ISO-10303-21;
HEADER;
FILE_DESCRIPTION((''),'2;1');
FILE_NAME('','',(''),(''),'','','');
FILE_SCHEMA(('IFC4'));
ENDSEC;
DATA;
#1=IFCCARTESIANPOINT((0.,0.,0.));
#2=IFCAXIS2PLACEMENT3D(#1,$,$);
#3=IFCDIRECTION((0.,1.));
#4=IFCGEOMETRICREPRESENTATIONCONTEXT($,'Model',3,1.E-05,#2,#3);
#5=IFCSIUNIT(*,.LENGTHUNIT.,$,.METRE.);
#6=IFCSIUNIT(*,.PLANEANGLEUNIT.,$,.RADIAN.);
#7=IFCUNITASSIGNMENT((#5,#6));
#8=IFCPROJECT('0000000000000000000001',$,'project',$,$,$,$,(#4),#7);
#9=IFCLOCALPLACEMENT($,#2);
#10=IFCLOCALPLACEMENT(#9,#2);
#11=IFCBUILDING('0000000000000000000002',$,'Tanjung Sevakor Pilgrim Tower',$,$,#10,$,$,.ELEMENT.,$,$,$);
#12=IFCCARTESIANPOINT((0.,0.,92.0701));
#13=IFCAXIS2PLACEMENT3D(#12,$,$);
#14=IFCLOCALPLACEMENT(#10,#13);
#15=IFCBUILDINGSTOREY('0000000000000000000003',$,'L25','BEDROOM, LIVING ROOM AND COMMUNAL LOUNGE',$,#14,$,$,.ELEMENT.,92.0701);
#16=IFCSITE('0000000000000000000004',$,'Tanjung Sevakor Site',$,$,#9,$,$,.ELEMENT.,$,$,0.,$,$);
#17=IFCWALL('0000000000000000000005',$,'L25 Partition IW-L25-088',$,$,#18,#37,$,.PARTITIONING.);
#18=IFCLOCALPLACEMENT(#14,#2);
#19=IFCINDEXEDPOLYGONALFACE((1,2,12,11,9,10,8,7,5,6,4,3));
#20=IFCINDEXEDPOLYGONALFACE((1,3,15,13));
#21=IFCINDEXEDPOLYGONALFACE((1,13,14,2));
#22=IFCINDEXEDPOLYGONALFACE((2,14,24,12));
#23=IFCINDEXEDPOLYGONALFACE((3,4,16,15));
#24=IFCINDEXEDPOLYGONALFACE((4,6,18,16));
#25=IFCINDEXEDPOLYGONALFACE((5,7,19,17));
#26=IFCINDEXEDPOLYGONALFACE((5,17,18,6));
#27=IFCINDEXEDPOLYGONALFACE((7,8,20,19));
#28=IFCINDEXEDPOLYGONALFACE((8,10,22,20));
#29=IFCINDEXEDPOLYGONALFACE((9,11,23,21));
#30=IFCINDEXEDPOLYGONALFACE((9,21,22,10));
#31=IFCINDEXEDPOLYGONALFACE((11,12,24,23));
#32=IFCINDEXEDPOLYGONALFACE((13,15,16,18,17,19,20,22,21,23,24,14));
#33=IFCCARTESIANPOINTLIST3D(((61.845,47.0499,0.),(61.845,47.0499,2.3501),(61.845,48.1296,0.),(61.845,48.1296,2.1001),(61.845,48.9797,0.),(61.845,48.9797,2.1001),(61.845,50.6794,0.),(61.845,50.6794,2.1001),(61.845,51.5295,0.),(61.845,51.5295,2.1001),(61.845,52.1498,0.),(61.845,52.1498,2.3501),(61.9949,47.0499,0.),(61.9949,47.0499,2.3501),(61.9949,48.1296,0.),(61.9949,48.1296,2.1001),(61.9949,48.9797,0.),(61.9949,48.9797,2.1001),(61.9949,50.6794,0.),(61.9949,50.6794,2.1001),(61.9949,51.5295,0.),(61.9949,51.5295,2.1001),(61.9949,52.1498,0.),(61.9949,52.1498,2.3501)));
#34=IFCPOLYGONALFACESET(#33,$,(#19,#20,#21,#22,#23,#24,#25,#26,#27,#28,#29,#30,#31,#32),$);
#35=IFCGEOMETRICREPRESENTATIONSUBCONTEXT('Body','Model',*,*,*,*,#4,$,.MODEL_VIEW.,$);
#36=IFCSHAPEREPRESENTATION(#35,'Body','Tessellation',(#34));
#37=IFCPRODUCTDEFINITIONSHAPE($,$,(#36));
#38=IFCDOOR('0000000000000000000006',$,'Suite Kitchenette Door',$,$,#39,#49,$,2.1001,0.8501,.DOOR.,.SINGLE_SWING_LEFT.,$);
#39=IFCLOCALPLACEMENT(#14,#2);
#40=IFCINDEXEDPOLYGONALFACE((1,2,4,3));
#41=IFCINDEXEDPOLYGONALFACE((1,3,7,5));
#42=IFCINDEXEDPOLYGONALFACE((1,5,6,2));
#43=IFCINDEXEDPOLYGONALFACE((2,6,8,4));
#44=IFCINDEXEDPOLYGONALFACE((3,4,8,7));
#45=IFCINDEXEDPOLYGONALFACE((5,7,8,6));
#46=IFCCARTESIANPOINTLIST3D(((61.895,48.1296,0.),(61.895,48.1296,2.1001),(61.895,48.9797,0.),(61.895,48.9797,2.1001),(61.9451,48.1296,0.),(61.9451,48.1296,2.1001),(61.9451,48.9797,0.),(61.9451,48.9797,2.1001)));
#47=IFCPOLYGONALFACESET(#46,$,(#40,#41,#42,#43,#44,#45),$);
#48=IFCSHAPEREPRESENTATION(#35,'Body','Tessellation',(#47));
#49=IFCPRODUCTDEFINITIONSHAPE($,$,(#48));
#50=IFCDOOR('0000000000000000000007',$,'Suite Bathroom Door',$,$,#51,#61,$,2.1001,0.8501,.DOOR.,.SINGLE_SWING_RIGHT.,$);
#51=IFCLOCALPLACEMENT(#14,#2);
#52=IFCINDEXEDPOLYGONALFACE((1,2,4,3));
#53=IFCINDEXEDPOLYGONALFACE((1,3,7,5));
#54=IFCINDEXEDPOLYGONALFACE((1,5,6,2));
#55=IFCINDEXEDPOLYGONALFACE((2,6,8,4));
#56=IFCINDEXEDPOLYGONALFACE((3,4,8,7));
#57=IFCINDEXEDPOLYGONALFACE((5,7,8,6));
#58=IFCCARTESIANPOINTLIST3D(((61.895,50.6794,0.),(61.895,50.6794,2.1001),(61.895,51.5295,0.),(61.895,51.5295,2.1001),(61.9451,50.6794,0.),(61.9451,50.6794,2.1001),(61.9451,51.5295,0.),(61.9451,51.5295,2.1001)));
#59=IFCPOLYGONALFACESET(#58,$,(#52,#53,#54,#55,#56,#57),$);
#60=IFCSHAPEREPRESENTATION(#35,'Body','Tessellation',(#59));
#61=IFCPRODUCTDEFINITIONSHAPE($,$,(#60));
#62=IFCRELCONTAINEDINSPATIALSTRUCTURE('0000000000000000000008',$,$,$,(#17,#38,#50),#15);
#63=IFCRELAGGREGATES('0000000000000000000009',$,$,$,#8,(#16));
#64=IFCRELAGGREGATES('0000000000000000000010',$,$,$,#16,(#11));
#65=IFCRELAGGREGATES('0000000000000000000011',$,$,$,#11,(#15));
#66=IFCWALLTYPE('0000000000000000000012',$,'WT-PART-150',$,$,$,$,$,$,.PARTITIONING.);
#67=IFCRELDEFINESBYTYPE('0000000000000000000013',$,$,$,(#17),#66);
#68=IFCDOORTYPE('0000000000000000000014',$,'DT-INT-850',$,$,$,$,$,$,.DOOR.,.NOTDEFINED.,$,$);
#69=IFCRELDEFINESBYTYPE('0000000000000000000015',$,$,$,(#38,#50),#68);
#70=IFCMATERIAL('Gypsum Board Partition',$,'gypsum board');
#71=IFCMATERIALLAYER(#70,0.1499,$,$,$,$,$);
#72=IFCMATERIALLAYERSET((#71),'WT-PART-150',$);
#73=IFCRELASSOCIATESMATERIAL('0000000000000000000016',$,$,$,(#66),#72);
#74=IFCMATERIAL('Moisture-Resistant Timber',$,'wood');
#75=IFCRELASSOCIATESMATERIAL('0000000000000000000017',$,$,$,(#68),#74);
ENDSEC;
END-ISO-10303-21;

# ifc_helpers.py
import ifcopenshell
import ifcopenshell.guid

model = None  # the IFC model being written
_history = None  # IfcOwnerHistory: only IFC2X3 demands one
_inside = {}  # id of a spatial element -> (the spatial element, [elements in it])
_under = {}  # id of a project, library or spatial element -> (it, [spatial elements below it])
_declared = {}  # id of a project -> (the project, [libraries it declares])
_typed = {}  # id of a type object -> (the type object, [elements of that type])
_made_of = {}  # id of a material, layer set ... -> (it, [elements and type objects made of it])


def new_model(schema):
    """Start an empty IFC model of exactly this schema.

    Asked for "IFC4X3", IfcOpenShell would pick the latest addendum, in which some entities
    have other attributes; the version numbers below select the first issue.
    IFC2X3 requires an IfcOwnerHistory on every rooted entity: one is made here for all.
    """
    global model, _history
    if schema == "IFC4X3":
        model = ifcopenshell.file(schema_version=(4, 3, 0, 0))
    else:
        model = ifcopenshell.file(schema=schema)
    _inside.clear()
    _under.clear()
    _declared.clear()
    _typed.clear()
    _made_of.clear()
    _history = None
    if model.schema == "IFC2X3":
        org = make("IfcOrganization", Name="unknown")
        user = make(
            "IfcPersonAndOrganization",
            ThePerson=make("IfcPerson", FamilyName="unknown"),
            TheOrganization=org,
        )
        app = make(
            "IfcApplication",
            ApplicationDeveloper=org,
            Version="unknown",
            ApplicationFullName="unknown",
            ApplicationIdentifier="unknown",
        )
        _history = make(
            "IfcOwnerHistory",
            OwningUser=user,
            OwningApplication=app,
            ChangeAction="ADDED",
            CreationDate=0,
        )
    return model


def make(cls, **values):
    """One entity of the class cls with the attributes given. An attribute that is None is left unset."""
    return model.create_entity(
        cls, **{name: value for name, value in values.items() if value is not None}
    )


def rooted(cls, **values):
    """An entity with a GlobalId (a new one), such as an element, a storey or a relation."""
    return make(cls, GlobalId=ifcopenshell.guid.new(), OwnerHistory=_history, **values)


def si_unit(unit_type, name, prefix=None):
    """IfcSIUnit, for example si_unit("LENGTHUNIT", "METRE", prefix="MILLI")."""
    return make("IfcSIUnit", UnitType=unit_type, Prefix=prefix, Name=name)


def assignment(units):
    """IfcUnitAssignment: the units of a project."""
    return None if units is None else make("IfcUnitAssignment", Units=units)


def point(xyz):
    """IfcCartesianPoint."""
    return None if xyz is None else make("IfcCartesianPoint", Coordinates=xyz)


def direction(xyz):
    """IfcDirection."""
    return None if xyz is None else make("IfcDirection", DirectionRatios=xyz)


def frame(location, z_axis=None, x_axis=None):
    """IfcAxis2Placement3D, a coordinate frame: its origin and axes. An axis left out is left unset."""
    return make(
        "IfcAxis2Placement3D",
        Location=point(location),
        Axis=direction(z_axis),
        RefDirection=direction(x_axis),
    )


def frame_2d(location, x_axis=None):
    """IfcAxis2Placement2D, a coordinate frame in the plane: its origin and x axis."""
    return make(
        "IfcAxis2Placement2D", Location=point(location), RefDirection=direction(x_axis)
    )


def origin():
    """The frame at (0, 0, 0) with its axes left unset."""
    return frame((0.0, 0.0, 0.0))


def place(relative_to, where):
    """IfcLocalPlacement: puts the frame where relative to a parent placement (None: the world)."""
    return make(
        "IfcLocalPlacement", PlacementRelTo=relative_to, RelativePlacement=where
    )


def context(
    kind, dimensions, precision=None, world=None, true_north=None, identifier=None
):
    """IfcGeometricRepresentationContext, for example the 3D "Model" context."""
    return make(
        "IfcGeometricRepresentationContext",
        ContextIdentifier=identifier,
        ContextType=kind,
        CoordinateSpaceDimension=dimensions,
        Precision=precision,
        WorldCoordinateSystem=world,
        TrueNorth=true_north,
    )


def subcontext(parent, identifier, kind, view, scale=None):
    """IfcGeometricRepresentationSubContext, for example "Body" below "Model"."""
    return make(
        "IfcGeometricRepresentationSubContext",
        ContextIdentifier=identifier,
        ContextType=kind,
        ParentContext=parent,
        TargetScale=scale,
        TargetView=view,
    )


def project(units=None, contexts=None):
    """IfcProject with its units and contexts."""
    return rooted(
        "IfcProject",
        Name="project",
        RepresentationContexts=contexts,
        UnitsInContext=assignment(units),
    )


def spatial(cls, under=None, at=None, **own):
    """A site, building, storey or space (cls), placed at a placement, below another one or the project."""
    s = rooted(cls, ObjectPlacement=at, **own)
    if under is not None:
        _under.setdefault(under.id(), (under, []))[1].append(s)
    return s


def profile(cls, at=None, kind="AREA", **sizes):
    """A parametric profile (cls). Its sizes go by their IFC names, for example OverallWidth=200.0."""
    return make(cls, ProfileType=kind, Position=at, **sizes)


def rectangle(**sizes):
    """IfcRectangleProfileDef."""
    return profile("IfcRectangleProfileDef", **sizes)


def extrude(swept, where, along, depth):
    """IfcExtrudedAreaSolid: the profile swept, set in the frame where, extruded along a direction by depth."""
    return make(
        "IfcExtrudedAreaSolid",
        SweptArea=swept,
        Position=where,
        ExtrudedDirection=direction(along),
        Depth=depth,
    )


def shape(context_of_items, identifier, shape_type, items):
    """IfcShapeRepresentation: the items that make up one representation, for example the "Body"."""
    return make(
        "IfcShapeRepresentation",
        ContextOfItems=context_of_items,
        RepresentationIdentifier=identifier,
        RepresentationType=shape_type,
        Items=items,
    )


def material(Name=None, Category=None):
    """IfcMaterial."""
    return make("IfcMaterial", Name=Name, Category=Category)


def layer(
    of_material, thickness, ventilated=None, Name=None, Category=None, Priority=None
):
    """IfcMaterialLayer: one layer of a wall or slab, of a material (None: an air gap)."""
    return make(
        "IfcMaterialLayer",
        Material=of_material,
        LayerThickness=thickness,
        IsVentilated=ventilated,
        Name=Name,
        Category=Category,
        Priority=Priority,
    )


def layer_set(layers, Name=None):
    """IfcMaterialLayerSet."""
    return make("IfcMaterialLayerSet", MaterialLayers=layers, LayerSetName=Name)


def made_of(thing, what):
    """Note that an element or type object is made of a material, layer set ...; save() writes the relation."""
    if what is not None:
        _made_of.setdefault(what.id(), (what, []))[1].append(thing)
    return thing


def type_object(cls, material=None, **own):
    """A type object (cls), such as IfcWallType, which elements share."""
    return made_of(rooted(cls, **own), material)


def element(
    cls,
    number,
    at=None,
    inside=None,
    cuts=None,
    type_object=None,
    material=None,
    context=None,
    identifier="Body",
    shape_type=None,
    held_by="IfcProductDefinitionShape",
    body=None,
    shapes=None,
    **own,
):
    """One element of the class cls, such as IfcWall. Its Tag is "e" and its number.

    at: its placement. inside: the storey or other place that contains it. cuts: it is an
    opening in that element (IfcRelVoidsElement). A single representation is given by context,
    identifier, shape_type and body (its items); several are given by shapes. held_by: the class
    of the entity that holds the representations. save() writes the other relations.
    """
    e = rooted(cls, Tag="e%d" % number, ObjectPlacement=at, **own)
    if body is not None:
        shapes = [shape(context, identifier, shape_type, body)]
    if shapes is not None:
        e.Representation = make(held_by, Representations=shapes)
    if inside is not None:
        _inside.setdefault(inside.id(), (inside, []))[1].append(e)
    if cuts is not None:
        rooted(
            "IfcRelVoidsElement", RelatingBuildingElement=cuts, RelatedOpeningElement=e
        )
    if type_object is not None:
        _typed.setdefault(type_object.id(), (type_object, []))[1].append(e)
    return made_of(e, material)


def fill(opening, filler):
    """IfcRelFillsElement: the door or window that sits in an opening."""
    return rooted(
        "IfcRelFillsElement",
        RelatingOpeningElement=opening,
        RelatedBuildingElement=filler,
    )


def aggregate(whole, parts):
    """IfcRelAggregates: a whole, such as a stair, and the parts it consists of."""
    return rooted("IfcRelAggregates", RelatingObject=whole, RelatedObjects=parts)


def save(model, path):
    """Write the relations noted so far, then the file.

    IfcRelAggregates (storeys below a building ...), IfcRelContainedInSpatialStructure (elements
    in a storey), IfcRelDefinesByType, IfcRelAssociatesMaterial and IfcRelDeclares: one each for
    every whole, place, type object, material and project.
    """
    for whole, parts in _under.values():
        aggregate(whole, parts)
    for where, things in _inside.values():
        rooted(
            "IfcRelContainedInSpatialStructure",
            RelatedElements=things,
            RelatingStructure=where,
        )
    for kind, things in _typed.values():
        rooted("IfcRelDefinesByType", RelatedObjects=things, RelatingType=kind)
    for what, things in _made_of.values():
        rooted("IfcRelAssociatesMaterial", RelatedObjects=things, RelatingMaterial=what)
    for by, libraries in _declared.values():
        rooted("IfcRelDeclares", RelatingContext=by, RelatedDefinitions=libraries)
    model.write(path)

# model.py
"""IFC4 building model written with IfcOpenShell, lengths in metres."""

from ifc_helpers import new_model, si_unit, direction, frame, frame_2d, origin, place, context, subcontext, project, spatial, rectangle, extrude, material, layer, layer_set, type_object, element, fill, save


model = new_model("IFC4")

# Units and contexts
model_context = context("Model", 3, precision=1e-05, world=origin(), true_north=direction((0.0, 1.0)))
body_context = subcontext(model_context, "Body", "Model", "MODEL_VIEW")
ifc_project = project(units=[si_unit("LENGTHUNIT", "METRE"), si_unit("PLANEANGLEUNIT", "RADIAN")], contexts=[model_context])

# Site, building, storey
site_placement = place(None, origin())
site = spatial("IfcSite", under=ifc_project, at=site_placement, Name="Tanjung Sevakor Site", CompositionType="ELEMENT", RefElevation=0.0)
building_placement = place(site_placement, origin())
building = spatial("IfcBuilding", under=site, at=building_placement, Name="Tanjung Sevakor Pilgrim Tower", CompositionType="ELEMENT")
storey_placement = place(building_placement, frame((0.0, 0.0, 92.0701)))
storey = spatial("IfcBuildingStorey", under=building, at=storey_placement, Name="L25", Description="BEDROOM, LIVING ROOM AND COMMUNAL LOUNGE", CompositionType="ELEMENT", Elevation=92.0701)

# Wall, openings, doors
ifc_material_1 = material(Name="Gypsum Board Partition", Category="gypsum board")
ifc_layer_1 = layer(ifc_material_1, 0.1499)
ifc_layer_set_1 = layer_set([ifc_layer_1], Name="WT-PART-150")
wall_type_1 = type_object("IfcWallType", Name="WT-PART-150", PredefinedType="PARTITIONING", material=ifc_layer_set_1)
wall_1_placement = place(storey_placement, frame((61.9199, 47.05, 0.0), z_axis=(0.0, 0.0, 1.0), x_axis=(0.0, 1.0, 0.0)))
wall_1 = element("IfcWall", 1, at=wall_1_placement, inside=storey, type_object=wall_type_1, Name="L25 Partition IW-L25-088", PredefinedType="PARTITIONING", context=body_context, shape_type="SweptSolid", body=[
    extrude(rectangle(XDim=5.0999, YDim=0.1499, at=frame_2d((2.5498, 0.0))), origin(), (0.0, 0.0, 1.0), 2.3501),
])
opening_1_placement = place(wall_1_placement, frame((1.0796, 0.0, 0.0)))
opening_1 = element("IfcOpeningElement", 2, at=opening_1_placement, cuts=wall_1, PredefinedType="OPENING", context=body_context, shape_type="SweptSolid", body=[
    extrude(rectangle(XDim=0.8501, YDim=2.1001, at=frame_2d((0.425, 1.05))), frame((0.0, 0.085, 0.0), z_axis=(0.0, -1.0, 0.0), x_axis=(1.0, 0.0, 0.0)), (0.0, 0.0, 1.0), 0.1699),
])
opening_2_placement = place(wall_1_placement, frame((3.6294, 0.0, 0.0)))
opening_2 = element("IfcOpeningElement", 3, at=opening_2_placement, cuts=wall_1, PredefinedType="OPENING", context=body_context, shape_type="SweptSolid", body=[
    extrude(rectangle(XDim=0.8501, YDim=2.1001, at=frame_2d((0.425, 1.05))), frame((0.0, 0.085, 0.0), z_axis=(0.0, -1.0, 0.0), x_axis=(1.0, 0.0, 0.0)), (0.0, 0.0, 1.0), 0.1699),
])
ifc_material_2 = material(Name="Moisture-Resistant Timber", Category="wood")
door_type_1 = type_object("IfcDoorType", Name="DT-INT-850", OperationType="NOTDEFINED", PredefinedType="DOOR", material=ifc_material_2)
door_1_placement = place(opening_1_placement, origin())
door_1 = element("IfcDoor", 4, at=door_1_placement, inside=storey, type_object=door_type_1, Name="Suite Kitchenette Door", OperationType="SINGLE_SWING_LEFT", OverallHeight=2.1001, OverallWidth=0.8501, PredefinedType="DOOR", context=body_context, shape_type="SweptSolid", body=[
    extrude(rectangle(XDim=0.8501, YDim=2.1001, at=frame_2d((0.425, 1.05))), frame((0.0, 0.0249, 0.0), z_axis=(0.0, -1.0, 0.0), x_axis=(1.0, 0.0, 0.0)), (0.0, 0.0, 1.0), 0.05),
])
fill(opening_1, door_1)
door_2_placement = place(opening_2_placement, origin())
door_2 = element("IfcDoor", 5, at=door_2_placement, inside=storey, type_object=door_type_1, Name="Suite Bathroom Door", OperationType="SINGLE_SWING_RIGHT", OverallHeight=2.1001, OverallWidth=0.8501, PredefinedType="DOOR", context=body_context, shape_type="SweptSolid", body=[
    extrude(rectangle(XDim=0.8501, YDim=2.1001, at=frame_2d((0.425, 1.05))), frame((0.0, 0.0249, 0.0), z_axis=(0.0, -1.0, 0.0), x_axis=(1.0, 0.0, 0.0)), (0.0, 0.0, 1.0), 0.05),
])
fill(opening_2, door_2)

save(model, "model.ifc")
